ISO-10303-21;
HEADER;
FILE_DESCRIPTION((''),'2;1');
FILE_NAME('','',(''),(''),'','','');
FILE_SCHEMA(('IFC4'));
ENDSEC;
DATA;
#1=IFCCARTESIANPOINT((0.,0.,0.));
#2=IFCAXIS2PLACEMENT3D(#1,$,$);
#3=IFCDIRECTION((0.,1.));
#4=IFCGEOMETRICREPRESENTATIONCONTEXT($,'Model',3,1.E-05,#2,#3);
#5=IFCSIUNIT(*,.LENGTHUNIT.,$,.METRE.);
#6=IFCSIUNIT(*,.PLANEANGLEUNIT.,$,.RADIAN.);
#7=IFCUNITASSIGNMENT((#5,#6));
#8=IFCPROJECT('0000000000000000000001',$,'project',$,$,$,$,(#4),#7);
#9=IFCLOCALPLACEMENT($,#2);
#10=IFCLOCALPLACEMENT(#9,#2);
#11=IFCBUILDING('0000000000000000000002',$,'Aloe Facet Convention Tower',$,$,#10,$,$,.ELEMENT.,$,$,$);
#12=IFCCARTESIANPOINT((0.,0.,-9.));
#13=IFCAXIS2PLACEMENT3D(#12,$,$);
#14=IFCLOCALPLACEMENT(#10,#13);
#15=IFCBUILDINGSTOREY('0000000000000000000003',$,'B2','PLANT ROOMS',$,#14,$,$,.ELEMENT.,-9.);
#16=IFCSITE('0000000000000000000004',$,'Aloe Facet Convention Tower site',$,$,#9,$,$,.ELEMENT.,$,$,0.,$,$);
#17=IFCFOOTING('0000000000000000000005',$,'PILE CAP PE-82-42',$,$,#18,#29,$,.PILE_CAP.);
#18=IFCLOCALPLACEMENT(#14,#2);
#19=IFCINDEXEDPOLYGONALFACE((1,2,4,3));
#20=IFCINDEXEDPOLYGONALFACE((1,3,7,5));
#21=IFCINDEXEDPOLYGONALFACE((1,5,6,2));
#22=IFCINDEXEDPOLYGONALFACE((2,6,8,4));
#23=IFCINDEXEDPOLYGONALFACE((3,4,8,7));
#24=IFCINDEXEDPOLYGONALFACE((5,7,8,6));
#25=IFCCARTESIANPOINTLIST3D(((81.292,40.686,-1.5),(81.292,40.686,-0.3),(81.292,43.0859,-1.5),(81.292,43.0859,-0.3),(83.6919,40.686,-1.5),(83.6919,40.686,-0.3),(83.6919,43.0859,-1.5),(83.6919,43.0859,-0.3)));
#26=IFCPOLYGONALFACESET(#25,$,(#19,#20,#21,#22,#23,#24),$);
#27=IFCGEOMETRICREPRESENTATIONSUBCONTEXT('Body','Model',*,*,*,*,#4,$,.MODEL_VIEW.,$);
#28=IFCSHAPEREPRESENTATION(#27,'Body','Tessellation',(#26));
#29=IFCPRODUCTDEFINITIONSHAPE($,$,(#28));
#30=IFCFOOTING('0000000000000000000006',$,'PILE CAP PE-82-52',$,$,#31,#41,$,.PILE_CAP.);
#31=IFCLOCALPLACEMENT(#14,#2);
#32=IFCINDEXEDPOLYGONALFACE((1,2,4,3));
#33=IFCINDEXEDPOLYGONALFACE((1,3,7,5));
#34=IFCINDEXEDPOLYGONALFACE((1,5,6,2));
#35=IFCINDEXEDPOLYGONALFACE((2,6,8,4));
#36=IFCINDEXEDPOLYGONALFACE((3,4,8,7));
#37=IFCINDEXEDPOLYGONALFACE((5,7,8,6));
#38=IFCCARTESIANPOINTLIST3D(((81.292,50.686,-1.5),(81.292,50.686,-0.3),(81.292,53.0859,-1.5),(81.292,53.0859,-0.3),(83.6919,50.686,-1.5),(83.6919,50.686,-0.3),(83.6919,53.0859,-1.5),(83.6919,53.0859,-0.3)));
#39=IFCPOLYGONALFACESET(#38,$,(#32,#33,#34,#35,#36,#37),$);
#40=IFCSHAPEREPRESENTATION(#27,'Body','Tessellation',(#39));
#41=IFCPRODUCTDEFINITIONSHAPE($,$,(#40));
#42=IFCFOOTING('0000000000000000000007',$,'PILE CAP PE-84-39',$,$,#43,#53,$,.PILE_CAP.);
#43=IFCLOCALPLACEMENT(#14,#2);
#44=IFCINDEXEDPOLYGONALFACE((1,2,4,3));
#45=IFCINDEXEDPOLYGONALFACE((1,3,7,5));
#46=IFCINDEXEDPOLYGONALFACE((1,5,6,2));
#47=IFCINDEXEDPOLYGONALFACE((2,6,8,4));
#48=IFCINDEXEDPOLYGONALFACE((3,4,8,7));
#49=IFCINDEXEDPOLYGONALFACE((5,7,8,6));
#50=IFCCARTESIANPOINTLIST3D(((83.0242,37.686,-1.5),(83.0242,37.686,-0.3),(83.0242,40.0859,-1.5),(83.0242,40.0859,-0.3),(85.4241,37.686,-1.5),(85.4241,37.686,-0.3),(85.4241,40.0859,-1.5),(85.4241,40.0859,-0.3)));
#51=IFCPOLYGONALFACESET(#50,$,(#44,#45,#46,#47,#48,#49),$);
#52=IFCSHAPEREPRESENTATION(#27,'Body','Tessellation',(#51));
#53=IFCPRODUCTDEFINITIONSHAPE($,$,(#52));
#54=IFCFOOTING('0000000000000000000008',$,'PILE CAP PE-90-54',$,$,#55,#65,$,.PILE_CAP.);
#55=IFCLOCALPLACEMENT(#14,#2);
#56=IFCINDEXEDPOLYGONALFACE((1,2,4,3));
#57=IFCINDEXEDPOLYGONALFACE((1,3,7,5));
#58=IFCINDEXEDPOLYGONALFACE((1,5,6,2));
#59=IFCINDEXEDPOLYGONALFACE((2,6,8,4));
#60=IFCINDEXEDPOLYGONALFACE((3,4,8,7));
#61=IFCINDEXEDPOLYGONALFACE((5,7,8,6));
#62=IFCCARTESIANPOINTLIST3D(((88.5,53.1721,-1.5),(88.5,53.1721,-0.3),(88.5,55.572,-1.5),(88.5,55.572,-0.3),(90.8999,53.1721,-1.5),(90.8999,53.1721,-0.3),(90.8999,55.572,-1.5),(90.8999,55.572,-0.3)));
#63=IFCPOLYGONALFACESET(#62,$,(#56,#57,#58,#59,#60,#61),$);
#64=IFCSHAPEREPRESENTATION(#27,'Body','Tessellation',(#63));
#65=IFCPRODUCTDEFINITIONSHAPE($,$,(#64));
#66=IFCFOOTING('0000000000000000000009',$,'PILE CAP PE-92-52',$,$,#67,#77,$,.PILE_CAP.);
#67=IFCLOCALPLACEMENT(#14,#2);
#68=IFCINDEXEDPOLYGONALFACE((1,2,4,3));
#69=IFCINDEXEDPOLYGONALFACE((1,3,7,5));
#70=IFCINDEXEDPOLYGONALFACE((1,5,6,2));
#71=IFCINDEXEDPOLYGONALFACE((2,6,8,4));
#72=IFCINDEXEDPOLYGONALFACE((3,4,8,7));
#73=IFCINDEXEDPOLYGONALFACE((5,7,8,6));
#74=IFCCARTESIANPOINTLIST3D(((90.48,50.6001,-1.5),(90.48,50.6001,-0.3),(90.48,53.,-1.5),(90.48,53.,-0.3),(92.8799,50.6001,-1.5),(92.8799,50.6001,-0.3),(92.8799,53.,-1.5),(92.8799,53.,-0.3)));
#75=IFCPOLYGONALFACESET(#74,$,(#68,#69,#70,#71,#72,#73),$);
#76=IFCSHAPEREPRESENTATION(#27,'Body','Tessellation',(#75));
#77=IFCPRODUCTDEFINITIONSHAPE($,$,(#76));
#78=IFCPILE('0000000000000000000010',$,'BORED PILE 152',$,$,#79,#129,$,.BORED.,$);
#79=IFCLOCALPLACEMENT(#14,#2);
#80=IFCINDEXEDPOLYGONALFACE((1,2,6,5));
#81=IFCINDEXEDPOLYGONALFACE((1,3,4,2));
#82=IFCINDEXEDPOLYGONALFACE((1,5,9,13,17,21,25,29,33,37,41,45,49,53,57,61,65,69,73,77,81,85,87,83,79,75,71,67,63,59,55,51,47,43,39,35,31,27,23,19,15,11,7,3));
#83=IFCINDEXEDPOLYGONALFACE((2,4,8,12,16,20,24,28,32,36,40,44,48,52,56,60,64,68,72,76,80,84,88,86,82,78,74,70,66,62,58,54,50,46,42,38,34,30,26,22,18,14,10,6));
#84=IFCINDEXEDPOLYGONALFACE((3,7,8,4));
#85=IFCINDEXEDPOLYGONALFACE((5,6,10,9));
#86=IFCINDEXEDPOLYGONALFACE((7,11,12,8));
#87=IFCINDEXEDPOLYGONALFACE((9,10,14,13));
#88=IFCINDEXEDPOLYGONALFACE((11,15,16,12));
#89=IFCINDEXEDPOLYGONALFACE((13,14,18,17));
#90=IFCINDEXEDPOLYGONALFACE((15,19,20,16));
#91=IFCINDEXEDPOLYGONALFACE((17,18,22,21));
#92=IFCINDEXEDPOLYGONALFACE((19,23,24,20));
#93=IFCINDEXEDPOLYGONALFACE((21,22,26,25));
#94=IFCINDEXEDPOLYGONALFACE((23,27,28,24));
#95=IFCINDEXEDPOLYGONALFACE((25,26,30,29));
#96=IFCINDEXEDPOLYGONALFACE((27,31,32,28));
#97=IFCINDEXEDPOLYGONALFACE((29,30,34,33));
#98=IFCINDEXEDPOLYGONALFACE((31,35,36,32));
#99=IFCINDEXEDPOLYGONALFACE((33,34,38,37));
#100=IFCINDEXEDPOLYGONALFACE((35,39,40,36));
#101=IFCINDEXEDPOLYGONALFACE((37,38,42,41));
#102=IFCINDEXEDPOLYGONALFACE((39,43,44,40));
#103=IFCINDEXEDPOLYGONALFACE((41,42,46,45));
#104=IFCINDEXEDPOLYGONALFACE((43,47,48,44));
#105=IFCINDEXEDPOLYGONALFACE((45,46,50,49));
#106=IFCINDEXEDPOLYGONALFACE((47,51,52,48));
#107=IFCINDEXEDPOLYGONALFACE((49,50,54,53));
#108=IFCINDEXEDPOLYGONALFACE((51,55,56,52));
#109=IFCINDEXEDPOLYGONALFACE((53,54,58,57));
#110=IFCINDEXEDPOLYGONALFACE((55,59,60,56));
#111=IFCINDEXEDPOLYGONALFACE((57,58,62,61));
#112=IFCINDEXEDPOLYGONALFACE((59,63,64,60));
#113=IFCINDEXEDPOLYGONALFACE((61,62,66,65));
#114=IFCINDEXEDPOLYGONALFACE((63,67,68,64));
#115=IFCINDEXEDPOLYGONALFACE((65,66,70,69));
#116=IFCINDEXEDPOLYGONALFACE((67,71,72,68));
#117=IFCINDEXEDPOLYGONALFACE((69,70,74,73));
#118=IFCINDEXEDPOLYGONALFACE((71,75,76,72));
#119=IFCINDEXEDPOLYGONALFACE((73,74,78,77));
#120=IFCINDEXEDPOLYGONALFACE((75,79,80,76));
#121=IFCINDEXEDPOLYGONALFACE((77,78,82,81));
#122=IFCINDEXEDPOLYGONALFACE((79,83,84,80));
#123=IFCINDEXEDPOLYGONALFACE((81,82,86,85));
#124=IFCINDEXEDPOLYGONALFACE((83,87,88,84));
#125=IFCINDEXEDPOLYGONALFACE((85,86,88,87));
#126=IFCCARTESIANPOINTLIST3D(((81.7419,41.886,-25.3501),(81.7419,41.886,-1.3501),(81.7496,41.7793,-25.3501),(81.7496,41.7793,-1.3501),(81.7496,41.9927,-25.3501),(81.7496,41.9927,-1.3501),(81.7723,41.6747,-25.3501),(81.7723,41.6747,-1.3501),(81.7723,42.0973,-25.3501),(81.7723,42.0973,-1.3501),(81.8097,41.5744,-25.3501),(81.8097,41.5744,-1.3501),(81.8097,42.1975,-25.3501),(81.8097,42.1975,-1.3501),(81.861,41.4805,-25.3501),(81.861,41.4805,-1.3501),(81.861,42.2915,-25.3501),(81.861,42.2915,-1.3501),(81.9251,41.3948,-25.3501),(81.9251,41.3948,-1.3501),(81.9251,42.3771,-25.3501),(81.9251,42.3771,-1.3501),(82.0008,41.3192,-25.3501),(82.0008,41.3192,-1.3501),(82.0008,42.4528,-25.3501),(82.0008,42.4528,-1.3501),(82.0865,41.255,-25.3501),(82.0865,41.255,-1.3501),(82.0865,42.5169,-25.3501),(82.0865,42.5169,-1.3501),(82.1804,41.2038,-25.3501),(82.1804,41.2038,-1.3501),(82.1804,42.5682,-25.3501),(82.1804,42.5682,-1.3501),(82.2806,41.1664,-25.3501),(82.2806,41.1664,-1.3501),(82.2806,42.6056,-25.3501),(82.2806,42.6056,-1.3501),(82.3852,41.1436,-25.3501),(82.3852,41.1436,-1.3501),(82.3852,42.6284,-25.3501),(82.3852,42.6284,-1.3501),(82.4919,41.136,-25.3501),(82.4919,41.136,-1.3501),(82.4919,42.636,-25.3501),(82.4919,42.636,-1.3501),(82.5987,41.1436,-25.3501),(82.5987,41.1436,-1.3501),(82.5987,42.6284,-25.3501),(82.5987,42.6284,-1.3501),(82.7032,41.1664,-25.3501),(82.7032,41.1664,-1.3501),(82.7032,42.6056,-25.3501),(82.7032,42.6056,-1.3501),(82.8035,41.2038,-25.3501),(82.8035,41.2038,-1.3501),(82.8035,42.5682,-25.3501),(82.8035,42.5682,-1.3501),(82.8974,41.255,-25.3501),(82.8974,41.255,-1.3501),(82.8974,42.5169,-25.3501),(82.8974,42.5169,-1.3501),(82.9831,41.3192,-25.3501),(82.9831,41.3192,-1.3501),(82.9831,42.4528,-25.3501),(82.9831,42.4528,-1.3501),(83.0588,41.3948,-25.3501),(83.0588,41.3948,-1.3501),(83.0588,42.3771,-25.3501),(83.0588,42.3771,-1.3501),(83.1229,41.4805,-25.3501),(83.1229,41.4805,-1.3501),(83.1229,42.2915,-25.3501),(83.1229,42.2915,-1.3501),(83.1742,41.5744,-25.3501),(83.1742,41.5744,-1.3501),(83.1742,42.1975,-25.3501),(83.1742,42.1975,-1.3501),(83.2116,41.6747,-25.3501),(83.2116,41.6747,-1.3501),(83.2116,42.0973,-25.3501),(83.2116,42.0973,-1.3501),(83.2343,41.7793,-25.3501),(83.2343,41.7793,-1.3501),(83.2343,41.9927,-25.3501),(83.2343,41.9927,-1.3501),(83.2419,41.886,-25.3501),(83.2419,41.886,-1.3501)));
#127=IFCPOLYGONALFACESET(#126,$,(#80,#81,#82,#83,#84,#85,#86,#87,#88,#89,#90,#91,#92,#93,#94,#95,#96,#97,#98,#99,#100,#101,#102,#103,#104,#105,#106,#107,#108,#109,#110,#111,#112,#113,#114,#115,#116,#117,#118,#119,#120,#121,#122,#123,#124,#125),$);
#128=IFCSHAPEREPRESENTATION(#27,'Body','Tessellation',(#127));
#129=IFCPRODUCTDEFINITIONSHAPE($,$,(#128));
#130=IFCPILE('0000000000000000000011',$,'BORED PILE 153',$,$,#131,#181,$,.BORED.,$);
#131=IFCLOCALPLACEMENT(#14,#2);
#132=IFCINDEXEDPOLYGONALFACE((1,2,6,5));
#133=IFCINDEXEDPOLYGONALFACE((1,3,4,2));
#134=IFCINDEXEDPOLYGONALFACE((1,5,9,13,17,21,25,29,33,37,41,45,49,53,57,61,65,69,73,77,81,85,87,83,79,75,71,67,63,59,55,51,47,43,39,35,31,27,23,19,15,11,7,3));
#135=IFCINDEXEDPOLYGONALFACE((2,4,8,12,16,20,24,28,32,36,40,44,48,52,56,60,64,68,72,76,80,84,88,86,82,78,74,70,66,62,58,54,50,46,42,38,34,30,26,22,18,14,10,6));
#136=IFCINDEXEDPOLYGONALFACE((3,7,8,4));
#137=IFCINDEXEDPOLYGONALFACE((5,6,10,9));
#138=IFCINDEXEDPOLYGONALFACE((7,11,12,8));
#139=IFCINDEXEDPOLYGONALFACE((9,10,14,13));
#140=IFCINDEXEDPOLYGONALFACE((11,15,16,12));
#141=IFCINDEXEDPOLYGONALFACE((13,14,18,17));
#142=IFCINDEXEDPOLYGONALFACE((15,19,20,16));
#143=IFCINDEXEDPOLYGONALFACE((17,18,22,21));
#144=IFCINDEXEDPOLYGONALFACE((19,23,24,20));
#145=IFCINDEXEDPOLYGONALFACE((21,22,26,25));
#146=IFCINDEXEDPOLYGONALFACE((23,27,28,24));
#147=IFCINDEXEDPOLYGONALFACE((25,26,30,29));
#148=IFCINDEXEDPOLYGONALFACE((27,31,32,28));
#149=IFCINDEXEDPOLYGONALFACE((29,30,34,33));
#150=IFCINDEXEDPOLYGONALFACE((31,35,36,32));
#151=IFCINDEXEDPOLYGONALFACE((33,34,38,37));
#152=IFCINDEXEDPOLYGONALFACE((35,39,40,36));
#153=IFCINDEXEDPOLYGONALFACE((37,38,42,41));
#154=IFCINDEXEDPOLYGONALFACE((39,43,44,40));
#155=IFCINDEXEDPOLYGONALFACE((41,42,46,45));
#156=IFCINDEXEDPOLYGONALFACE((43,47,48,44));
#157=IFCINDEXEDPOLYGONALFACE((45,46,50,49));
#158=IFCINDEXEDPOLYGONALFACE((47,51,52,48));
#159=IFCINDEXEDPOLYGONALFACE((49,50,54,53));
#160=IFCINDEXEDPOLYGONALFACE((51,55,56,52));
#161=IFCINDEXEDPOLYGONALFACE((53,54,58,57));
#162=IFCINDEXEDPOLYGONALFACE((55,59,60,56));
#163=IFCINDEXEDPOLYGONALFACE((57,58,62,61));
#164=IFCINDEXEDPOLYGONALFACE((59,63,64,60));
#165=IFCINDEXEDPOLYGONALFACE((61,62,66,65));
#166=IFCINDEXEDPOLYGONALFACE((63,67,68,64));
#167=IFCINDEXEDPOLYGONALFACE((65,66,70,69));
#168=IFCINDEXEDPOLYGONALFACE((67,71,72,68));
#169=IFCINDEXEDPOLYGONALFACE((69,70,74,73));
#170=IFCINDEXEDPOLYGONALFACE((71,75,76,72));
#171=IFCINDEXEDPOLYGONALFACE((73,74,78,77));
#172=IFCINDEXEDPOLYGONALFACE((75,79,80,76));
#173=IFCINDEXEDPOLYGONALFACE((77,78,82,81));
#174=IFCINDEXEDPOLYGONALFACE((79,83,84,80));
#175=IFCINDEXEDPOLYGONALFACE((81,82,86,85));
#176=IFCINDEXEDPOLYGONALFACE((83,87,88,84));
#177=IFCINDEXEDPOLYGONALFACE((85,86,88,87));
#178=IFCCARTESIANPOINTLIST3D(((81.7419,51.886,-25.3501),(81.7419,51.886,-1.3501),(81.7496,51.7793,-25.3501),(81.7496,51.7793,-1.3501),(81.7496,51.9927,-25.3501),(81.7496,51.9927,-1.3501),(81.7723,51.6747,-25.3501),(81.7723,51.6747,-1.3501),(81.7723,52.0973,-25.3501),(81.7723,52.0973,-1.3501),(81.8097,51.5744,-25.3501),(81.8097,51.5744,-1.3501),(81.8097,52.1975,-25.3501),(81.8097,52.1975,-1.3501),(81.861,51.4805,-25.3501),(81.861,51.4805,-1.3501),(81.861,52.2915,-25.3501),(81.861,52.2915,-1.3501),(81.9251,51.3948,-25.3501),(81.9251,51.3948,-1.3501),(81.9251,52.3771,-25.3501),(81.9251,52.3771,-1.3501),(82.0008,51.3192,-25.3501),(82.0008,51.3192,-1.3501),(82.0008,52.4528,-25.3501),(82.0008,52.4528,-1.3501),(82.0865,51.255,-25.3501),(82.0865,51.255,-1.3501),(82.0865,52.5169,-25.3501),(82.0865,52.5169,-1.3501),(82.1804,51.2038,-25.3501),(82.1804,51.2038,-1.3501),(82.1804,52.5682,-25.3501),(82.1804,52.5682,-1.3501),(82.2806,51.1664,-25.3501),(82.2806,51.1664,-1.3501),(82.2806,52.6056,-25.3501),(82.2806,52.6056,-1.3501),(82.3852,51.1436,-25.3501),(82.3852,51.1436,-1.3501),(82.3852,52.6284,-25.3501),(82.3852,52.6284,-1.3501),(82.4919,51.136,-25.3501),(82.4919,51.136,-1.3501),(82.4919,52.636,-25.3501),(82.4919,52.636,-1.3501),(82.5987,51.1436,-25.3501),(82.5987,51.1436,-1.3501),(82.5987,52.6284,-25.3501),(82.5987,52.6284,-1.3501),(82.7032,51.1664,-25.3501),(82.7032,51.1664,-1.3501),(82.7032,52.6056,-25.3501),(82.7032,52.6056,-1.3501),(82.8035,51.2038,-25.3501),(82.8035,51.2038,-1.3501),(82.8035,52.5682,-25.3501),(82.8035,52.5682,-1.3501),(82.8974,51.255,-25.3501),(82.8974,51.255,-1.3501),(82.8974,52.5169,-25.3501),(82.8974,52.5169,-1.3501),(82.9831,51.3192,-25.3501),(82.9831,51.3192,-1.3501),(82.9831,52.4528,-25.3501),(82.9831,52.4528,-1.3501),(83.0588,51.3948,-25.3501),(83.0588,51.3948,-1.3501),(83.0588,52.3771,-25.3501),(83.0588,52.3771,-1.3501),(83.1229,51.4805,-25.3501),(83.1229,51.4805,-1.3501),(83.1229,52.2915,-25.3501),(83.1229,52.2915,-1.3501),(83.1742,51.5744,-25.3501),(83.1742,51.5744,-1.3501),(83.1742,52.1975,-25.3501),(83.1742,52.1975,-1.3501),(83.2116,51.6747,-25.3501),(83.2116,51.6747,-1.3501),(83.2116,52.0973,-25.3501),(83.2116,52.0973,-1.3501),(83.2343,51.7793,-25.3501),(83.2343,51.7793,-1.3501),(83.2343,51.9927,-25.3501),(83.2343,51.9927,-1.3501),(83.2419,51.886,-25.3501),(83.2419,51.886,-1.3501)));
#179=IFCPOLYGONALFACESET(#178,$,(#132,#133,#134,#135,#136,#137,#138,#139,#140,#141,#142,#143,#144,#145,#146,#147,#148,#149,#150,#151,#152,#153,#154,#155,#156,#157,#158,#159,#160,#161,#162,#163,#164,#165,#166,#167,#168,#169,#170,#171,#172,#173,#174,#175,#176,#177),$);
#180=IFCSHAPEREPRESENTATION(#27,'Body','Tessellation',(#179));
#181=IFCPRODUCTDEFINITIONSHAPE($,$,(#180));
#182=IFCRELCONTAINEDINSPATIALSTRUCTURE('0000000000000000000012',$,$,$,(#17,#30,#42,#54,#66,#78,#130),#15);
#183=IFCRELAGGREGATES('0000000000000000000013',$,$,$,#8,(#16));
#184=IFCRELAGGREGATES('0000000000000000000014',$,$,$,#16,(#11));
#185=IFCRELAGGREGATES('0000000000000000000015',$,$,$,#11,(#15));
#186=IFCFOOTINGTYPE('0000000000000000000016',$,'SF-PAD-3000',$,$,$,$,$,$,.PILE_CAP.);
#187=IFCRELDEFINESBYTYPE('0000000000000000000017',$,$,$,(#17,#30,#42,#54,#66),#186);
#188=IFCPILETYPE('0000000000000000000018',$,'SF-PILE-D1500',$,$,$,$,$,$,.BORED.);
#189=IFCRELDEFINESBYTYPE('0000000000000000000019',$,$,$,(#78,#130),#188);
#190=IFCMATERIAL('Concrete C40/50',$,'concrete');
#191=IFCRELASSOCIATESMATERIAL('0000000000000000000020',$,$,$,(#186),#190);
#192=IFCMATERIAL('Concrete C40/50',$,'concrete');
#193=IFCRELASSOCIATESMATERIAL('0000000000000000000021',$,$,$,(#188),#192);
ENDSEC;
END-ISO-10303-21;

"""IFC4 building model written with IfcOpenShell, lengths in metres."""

from ifc_helpers import new_model, si_unit, direction, frame, origin, origin_2d, place, context, subcontext, project, spatial, rectangle, circle, extrude, material, material_profile, profile_set, type_object, element, save


model = new_model("IFC4")

# Units and contexts
model_context = context("Model", 3, precision=1e-05, world=origin(), true_north=direction((0.0, 1.0)))
body_context = subcontext(model_context, "Body", "Model", "MODEL_VIEW")
ifc_project = project(units=[si_unit("LENGTHUNIT", "METRE"), si_unit("PLANEANGLEUNIT", "RADIAN")], contexts=[model_context])

# Site, building, storey
site_placement = place(None, origin())
site = spatial("IfcSite", under=ifc_project, at=site_placement, Name="Aloe Facet Convention Tower site", CompositionType="ELEMENT", RefElevation=0.0)
building_placement = place(site_placement, origin())
building = spatial("IfcBuilding", under=site, at=building_placement, Name="Aloe Facet Convention Tower", CompositionType="ELEMENT")
storey_placement = place(building_placement, frame((0.0, 0.0, -9.0)))
storey = spatial("IfcBuildingStorey", under=building, at=storey_placement, Name="B2", Description="PLANT ROOMS", CompositionType="ELEMENT", Elevation=-9.0)

# Footings
ifc_material_1 = material(Name="Concrete C40/50", Category="concrete")
footing_type = type_object("IfcFootingType", Name="SF-PAD-3000", PredefinedType="PILE_CAP", material=ifc_material_1)
for number, where, z_axis, x_axis, name in (
    (1, (82.4919, 41.886, -1.5), (0.0, 0.0, 1.0), (1.0, 0.0, 0.0), "PILE CAP PE-82-42"),
    (2, (82.4919, 51.886, -1.5), (0.0, 0.0, 1.0), (1.0, 0.0, 0.0), "PILE CAP PE-82-52"),
    (3, (84.2241, 38.886, -1.5), (0.0, 0.0, 1.0), (1.0, 0.0, 0.0), "PILE CAP PE-84-39"),
    (4, (89.7, 54.3721, -1.5), (0.0, 0.0, 1.0), (1.0, 0.0, 0.0), "PILE CAP PE-90-54"),
    (5, (91.6799, 51.8, -1.5), (0.0, 0.0, 1.0), (1.0, 0.0, 0.0), "PILE CAP PE-92-52"),
):
    element("IfcFooting", number, at=place(storey_placement, frame(where, z_axis=z_axis, x_axis=x_axis)), inside=storey, type_object=footing_type, Name=name, PredefinedType="PILE_CAP", context=body_context, shape_type="SweptSolid", body=[
        extrude(rectangle(XDim=2.3999, YDim=2.3999, at=origin_2d()), origin(), (0.0, 0.0, 1.0), 1.2),
    ])

# Piles
ifc_material_2 = material(Name="Concrete C40/50", Category="concrete")
ifc_material_profile_1 = material_profile(ifc_material_2, circle(Radius=0.75, at=origin_2d()), Name="D1500")
ifc_profile_set_1 = profile_set([ifc_material_profile_1], Name="Concrete C40/50")
pile_type = type_object("IfcPileType", Name="SF-PILE-D1500", PredefinedType="BORED", material=ifc_profile_set_1)
for number, where, z_axis, x_axis, name in (
    (6, (82.4919, 41.886, -1.3501), (0.0, 0.0, -1.0), (1.0, 0.0, 0.0), "BORED PILE 152"),
    (7, (82.4919, 51.886, -1.3501), (0.0, 0.0, -1.0), (1.0, 0.0, 0.0), "BORED PILE 153"),
):
    element("IfcPile", number, at=place(storey_placement, frame(where, z_axis=z_axis, x_axis=x_axis)), inside=storey, type_object=pile_type, Name=name, PredefinedType="BORED", context=body_context, shape_type="SweptSolid", body=[
        extrude(circle(Radius=0.75, at=origin_2d()), origin(), (0.0, 0.0, 1.0), 24.0),
    ])

save(model, "model.ifc")
